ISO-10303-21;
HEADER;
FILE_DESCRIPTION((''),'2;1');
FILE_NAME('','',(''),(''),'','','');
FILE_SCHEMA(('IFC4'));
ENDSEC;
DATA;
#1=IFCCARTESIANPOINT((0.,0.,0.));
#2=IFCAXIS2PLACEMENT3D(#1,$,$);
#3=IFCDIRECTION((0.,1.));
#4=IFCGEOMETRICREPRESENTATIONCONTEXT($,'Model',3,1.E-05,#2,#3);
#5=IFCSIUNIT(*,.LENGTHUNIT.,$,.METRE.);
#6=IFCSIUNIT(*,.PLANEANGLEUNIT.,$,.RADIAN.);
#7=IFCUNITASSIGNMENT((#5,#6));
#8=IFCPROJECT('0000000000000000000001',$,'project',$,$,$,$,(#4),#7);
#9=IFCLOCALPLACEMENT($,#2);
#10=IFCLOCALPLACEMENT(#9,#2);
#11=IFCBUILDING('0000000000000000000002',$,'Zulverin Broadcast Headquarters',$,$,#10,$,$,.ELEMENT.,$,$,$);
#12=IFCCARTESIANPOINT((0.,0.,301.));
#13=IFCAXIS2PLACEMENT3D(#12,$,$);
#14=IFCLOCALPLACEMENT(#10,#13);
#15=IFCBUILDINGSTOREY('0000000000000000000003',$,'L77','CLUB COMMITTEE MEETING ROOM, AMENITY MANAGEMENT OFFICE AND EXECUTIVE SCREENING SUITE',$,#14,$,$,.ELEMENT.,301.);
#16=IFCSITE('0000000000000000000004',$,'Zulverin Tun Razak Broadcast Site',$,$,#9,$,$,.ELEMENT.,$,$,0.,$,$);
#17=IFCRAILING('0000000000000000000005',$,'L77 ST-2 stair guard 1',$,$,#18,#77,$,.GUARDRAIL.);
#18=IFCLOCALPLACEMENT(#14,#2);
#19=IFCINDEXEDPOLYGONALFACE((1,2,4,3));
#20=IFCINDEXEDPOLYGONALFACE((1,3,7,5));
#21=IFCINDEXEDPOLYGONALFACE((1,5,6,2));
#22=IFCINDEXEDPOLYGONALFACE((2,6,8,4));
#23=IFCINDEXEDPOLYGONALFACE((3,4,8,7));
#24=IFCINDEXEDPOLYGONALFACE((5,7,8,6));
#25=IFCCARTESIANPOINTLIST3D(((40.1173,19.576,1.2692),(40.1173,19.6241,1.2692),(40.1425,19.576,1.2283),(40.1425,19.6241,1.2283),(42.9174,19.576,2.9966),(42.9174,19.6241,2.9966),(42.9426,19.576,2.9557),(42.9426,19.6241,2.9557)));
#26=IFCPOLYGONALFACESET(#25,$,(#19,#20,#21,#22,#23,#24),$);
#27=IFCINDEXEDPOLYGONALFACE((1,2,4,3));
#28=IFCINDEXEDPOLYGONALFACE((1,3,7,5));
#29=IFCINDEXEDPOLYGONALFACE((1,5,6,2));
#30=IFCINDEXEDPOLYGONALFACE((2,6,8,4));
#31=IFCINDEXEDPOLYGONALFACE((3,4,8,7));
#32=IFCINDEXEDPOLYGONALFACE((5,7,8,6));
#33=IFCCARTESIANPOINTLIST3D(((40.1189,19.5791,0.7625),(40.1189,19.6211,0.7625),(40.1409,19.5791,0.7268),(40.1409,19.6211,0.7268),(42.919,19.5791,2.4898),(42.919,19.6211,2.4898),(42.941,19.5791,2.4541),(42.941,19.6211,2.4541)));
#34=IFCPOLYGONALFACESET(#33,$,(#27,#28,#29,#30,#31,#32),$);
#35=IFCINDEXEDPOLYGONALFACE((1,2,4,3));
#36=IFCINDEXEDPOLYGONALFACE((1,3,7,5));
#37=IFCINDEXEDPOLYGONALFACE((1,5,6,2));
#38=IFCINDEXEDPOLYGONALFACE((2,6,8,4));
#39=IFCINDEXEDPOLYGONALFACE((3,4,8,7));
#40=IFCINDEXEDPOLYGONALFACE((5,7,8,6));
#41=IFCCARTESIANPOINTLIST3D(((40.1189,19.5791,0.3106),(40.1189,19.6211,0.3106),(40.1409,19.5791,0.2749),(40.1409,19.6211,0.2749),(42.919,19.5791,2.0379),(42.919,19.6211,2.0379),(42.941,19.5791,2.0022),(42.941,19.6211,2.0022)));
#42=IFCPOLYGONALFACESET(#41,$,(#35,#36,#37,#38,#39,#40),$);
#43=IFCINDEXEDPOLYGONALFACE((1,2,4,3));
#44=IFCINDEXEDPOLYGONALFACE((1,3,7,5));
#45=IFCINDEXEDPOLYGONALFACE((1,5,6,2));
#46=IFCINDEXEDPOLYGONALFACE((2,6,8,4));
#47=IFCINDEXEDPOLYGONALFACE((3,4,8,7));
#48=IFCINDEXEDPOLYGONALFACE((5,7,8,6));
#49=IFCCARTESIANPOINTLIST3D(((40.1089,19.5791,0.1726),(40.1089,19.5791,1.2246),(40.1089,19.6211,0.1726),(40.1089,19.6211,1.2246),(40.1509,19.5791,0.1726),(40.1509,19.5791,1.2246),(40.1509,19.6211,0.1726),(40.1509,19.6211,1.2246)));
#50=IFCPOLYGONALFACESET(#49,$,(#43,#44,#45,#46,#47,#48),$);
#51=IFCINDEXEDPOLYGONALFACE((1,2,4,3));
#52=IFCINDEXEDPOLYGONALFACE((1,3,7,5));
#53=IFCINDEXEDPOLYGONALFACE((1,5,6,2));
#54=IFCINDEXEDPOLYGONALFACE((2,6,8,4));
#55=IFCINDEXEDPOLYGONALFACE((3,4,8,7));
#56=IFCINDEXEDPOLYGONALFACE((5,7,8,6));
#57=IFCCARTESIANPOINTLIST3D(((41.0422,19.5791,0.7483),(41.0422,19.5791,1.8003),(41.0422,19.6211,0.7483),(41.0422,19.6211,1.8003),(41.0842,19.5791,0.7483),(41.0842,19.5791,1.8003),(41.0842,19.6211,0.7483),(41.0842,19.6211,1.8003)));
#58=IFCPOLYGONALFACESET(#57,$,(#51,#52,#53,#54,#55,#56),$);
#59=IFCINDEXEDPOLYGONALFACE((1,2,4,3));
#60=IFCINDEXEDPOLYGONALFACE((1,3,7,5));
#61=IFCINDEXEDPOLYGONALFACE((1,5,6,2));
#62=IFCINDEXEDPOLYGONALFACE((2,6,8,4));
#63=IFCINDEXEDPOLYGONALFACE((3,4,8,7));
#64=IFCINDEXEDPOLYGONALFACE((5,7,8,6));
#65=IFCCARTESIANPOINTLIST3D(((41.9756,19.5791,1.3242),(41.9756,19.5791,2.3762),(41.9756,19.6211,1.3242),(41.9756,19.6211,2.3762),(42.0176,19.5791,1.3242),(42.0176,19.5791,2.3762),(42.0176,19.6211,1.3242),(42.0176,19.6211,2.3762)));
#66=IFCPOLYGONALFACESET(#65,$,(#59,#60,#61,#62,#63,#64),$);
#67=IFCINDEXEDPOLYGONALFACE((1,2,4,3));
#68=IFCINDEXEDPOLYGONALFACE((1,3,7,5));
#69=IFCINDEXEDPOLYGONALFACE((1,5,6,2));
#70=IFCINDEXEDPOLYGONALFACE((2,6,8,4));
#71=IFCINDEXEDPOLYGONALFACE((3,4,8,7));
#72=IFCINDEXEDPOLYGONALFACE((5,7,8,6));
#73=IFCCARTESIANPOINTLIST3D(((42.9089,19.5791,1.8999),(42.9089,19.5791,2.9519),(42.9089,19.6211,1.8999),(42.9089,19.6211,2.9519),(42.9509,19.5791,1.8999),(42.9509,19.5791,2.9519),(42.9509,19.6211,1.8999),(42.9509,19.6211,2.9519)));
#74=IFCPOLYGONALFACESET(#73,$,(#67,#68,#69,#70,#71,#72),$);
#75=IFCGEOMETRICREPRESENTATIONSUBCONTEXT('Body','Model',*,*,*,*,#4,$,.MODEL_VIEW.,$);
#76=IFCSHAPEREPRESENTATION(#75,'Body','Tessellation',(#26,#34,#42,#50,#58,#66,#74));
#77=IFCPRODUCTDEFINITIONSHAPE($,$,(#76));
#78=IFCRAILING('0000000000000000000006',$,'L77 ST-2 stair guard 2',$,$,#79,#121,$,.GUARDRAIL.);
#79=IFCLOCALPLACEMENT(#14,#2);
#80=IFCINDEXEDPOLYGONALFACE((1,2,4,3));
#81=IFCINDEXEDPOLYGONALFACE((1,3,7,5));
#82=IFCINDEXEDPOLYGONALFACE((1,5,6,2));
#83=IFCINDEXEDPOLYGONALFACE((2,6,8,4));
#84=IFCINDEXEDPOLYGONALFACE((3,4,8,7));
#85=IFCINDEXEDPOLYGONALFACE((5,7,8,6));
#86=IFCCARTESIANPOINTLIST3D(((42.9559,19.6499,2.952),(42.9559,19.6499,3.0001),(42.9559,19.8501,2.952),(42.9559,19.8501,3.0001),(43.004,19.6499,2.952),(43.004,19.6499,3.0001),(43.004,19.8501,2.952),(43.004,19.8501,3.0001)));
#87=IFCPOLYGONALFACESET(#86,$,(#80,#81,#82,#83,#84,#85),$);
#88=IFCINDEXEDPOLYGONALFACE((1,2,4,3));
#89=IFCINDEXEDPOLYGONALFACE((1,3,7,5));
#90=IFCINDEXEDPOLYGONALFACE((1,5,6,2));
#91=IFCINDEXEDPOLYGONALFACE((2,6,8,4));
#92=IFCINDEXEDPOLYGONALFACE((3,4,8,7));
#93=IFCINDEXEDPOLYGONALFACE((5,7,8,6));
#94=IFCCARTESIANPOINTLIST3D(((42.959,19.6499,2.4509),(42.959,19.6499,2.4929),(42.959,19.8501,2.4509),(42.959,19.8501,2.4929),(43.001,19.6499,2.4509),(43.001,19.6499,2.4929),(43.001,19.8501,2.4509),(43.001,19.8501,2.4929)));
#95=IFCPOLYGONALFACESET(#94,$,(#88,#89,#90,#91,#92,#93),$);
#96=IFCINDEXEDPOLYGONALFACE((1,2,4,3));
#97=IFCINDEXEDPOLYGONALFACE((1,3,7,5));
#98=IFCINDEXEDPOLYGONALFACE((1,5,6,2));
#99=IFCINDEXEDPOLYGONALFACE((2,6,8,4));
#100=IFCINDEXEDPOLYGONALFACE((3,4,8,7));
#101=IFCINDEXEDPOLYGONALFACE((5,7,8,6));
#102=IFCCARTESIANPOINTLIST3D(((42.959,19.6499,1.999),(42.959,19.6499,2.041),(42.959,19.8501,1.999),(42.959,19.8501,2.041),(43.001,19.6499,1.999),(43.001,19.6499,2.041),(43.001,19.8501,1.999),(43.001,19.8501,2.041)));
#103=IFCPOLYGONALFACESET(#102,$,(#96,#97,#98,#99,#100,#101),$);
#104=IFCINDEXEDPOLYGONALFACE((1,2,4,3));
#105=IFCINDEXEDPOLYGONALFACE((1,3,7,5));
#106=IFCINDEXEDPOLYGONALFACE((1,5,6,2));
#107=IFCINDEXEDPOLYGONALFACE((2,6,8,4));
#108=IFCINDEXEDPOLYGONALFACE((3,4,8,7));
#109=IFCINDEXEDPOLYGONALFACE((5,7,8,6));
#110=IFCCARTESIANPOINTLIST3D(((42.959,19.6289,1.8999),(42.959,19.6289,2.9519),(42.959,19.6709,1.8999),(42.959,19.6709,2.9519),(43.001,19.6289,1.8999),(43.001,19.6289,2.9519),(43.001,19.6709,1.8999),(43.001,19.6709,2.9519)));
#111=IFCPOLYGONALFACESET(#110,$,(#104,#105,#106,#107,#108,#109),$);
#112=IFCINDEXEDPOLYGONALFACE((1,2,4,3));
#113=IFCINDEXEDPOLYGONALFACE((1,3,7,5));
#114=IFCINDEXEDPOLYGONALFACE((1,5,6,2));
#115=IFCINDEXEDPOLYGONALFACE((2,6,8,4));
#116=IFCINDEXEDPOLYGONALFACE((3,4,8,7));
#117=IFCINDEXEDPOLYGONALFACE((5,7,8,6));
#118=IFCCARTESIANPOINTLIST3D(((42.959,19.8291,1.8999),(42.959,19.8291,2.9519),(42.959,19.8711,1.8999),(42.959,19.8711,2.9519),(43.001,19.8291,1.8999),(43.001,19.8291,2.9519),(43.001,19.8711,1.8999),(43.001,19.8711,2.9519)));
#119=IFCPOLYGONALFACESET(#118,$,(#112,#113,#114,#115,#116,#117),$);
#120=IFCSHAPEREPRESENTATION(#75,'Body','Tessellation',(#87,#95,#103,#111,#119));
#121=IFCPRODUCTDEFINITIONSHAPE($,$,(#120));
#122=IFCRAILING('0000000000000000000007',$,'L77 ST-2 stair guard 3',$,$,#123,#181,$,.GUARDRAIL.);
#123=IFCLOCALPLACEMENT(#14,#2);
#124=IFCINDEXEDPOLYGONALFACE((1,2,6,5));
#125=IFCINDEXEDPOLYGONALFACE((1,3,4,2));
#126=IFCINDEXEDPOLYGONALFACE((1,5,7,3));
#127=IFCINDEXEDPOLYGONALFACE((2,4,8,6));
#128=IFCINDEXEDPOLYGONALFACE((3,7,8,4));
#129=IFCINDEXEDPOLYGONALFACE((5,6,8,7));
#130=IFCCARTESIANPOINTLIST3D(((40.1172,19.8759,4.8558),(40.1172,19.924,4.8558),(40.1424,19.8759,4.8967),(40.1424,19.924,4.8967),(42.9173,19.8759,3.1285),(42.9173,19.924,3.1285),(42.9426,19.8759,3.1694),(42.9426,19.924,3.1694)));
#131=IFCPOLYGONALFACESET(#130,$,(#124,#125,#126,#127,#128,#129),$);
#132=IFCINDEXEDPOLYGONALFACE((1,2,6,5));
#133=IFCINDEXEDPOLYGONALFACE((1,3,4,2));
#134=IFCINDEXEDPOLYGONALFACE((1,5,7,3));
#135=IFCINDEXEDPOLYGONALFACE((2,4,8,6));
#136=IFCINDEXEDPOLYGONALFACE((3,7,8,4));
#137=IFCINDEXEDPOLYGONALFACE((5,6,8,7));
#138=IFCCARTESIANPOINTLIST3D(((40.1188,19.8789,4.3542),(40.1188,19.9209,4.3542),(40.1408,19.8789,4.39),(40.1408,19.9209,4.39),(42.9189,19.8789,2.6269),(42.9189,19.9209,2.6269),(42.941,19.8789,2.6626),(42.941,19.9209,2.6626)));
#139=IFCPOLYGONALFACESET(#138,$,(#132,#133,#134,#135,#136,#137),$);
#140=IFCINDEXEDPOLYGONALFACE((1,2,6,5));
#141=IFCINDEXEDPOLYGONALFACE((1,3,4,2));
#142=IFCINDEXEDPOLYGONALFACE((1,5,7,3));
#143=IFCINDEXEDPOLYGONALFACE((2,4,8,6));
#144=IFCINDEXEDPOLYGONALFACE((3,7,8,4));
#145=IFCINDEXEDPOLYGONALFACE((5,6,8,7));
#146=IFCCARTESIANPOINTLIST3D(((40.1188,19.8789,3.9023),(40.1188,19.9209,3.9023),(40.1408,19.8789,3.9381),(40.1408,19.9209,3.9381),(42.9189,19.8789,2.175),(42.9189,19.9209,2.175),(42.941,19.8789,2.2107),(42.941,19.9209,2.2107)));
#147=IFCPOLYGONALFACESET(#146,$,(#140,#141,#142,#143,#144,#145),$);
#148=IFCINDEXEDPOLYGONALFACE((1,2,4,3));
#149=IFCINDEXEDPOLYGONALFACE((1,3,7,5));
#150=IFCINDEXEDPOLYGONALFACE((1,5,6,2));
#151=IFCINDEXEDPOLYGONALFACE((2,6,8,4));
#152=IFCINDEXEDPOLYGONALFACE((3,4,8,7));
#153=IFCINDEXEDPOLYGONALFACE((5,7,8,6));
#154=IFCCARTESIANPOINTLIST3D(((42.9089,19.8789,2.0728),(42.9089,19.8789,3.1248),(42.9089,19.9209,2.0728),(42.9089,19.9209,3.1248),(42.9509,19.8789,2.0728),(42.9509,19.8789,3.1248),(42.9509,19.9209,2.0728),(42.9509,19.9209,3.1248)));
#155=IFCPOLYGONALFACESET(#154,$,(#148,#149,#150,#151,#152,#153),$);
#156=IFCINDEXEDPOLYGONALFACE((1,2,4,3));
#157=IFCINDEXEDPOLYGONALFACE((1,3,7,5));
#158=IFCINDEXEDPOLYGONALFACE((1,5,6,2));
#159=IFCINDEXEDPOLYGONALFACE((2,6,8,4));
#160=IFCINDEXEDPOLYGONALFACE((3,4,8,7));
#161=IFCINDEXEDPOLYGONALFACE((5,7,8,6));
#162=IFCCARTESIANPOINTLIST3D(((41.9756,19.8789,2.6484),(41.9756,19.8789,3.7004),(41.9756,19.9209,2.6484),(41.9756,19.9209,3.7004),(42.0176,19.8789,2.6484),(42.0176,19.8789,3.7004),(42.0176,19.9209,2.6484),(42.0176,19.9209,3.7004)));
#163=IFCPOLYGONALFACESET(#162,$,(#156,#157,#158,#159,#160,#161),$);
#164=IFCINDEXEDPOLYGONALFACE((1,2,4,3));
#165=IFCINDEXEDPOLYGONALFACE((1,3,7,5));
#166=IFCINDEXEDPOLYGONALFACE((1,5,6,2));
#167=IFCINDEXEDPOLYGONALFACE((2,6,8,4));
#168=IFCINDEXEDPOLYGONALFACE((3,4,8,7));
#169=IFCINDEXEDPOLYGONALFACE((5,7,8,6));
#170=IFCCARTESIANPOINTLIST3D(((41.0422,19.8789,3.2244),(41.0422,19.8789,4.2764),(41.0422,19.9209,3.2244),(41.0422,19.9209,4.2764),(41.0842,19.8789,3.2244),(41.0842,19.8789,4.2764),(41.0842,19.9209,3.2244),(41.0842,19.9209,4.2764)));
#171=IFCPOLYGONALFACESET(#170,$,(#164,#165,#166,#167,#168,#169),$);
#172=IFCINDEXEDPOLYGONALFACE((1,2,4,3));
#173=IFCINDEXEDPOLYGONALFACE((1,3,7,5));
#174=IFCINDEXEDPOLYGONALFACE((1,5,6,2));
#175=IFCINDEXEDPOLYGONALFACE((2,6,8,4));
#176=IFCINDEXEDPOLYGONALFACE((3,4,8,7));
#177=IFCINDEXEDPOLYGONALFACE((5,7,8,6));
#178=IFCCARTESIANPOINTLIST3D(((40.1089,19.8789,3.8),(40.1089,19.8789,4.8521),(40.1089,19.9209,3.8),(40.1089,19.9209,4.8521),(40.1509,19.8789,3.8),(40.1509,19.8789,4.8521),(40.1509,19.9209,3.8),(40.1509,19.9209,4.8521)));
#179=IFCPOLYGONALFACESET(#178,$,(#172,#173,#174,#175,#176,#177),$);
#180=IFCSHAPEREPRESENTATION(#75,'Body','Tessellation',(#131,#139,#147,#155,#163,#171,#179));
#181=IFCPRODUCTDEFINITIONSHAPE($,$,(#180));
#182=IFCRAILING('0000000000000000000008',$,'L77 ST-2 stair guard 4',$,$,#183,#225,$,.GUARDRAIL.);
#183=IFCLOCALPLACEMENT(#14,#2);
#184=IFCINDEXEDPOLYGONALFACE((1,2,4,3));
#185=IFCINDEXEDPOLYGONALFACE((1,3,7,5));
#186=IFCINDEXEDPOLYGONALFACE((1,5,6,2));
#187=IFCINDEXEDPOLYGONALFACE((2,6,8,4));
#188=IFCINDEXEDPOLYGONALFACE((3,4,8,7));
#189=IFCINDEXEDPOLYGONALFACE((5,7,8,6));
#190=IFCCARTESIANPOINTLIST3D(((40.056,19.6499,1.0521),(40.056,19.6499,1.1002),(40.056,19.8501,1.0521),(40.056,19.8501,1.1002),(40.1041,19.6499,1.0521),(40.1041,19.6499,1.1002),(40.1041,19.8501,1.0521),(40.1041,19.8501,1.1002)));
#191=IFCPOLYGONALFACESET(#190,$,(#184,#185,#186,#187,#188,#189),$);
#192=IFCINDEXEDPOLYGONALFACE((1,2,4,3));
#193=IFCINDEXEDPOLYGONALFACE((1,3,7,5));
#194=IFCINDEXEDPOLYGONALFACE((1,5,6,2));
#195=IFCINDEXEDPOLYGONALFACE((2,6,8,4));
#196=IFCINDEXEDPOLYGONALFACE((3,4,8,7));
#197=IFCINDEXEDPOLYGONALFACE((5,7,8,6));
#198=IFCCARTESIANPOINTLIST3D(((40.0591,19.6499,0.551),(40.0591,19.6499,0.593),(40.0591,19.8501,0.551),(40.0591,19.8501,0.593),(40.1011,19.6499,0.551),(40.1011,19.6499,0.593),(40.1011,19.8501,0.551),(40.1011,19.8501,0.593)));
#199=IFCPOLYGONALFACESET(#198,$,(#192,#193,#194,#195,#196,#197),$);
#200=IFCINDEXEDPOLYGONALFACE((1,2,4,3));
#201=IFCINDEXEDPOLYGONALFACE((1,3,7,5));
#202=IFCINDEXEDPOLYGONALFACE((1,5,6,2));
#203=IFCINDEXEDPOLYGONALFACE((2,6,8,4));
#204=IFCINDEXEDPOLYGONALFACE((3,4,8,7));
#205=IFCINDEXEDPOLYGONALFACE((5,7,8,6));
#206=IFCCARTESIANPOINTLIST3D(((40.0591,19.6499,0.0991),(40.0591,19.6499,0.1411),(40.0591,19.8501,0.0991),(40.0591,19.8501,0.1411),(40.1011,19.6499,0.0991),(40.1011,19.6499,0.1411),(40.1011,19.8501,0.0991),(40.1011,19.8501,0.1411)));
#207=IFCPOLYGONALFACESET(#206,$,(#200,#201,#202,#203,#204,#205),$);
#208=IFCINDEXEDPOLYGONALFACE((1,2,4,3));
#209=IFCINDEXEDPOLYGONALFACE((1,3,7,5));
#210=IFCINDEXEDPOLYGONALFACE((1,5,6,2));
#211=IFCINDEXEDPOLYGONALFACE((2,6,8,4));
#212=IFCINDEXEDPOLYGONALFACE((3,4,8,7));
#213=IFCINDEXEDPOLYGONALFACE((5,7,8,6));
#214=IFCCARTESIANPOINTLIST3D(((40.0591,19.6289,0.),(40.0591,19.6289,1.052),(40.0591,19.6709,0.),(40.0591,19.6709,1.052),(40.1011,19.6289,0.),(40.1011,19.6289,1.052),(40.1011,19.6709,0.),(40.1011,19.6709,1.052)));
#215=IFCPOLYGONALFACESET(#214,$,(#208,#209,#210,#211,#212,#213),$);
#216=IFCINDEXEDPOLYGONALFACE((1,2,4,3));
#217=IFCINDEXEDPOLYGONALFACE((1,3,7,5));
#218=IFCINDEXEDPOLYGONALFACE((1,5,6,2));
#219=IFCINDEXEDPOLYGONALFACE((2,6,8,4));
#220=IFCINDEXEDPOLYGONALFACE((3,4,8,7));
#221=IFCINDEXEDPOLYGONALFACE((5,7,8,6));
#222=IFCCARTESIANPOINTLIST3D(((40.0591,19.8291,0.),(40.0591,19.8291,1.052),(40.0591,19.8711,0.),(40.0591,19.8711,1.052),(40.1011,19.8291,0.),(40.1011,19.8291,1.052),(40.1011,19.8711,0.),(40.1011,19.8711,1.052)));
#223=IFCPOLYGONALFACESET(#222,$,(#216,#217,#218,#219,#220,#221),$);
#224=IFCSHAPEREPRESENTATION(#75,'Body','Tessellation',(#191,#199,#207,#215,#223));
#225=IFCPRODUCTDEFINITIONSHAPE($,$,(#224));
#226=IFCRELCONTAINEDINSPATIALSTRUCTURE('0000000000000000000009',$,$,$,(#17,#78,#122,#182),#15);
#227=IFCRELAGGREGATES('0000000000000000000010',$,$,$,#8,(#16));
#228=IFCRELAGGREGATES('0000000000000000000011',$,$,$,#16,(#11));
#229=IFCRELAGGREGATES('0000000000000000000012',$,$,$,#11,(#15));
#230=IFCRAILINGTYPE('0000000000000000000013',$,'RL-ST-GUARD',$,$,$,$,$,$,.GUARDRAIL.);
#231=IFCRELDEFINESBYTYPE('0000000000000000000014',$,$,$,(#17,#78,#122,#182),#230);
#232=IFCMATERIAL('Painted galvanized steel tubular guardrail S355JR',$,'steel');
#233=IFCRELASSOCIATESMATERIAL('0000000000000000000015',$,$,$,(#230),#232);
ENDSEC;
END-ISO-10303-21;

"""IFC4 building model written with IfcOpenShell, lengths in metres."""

from ifc_helpers import new_model, si_unit, direction, frame, origin, origin_2d, place, context, subcontext, project, spatial, rectangle, extrude, material, type_object, element, save


model = new_model("IFC4")

# Units and contexts
model_context = context("Model", 3, precision=1e-05, world=origin(), true_north=direction((0.0, 1.0)))
body_context = subcontext(model_context, "Body", "Model", "MODEL_VIEW")
ifc_project = project(units=[si_unit("LENGTHUNIT", "METRE"), si_unit("PLANEANGLEUNIT", "RADIAN")], contexts=[model_context])

# Site, building, storey
site_placement = place(None, origin())
site = spatial("IfcSite", under=ifc_project, at=site_placement, Name="Zulverin Tun Razak Broadcast Site", CompositionType="ELEMENT", RefElevation=0.0)
building_placement = place(site_placement, origin())
building = spatial("IfcBuilding", under=site, at=building_placement, Name="Zulverin Broadcast Headquarters", CompositionType="ELEMENT")
storey_placement = place(building_placement, frame((0.0, 0.0, 301.0)))
storey = spatial("IfcBuildingStorey", under=building, at=storey_placement, Name="L77", Description="CLUB COMMITTEE MEETING ROOM, AMENITY MANAGEMENT OFFICE AND EXECUTIVE SCREENING SUITE", CompositionType="ELEMENT", Elevation=301.0)

# Railings
ifc_material_1 = material(Name="Painted galvanized steel tubular guardrail S355JR", Category="steel")
railing_type_1 = type_object("IfcRailingType", Name="RL-ST-GUARD", PredefinedType="GUARDRAIL", material=ifc_material_1)
railing_1_placement = place(storey_placement, frame((40.1299, 19.6001, 0.1726)))
element("IfcRailing", 1, at=railing_1_placement, inside=storey, type_object=railing_type_1, Name="L77 ST-2 stair guard 1", PredefinedType="GUARDRAIL", context=body_context, shape_type="SweptSolid", body=[
    extrude(rectangle(XDim=0.0481, YDim=0.0481, at=origin_2d()), frame((0.0, 0.0, 1.0762), z_axis=(0.85109, 0.0, 0.52502), x_axis=(0.0, 1.0, 0.0)), (0.0, 0.0, 1.0), 3.29),
    extrude(rectangle(XDim=0.042, YDim=0.042, at=origin_2d()), frame((0.0, 0.0, 0.572), z_axis=(0.85109, 0.0, 0.52502), x_axis=(0.0, 1.0, 0.0)), (0.0, 0.0, 1.0), 3.29),
    extrude(rectangle(XDim=0.042, YDim=0.042, at=origin_2d()), frame((0.0, 0.0, 0.1201), z_axis=(0.85109, 0.0, 0.52502), x_axis=(0.0, 1.0, 0.0)), (0.0, 0.0, 1.0), 3.29),
    extrude(rectangle(XDim=0.042, YDim=0.042, at=origin_2d()), origin(), (0.0, 0.0, 1.0), 1.052),
    extrude(rectangle(XDim=0.042, YDim=0.042, at=origin_2d()), frame((0.9333, 0.0, 0.5757)), (0.0, 0.0, 1.0), 1.052),
    extrude(rectangle(XDim=0.042, YDim=0.042, at=origin_2d()), frame((1.8667, 0.0, 1.1516)), (0.0, 0.0, 1.0), 1.052),
    extrude(rectangle(XDim=0.042, YDim=0.042, at=origin_2d()), frame((2.8, 0.0, 1.7273)), (0.0, 0.0, 1.0), 1.052),
])
railing_2_placement = place(storey_placement, frame((42.98, 19.6499, 1.8999)))
element("IfcRailing", 2, at=railing_2_placement, inside=storey, type_object=railing_type_1, Name="L77 ST-2 stair guard 2", PredefinedType="GUARDRAIL", context=body_context, shape_type="SweptSolid", body=[
    extrude(rectangle(XDim=0.0481, YDim=0.0481, at=origin_2d()), frame((0.0, 0.0, 1.0762), z_axis=(0.0, 1.0, 0.0), x_axis=(-1.0, 0.0, 0.0)), (0.0, 0.0, 1.0), 0.2002),
    extrude(rectangle(XDim=0.042, YDim=0.042, at=origin_2d()), frame((0.0, 0.0, 0.572), z_axis=(0.0, 1.0, 0.0), x_axis=(-1.0, 0.0, 0.0)), (0.0, 0.0, 1.0), 0.2002),
    extrude(rectangle(XDim=0.042, YDim=0.042, at=origin_2d()), frame((0.0, 0.0, 0.1201), z_axis=(0.0, 1.0, 0.0), x_axis=(-1.0, 0.0, 0.0)), (0.0, 0.0, 1.0), 0.2002),
    extrude(rectangle(XDim=0.042, YDim=0.042, at=origin_2d()), origin(), (0.0, 0.0, 1.0), 1.052),
    extrude(rectangle(XDim=0.042, YDim=0.042, at=origin_2d()), frame((0.0, 0.2002, 0.0)), (0.0, 0.0, 1.0), 1.052),
])
railing_3_placement = place(storey_placement, frame((42.9299, 19.8999, 2.0728)))
element("IfcRailing", 3, at=railing_3_placement, inside=storey, type_object=railing_type_1, Name="L77 ST-2 stair guard 3", PredefinedType="GUARDRAIL", context=body_context, shape_type="SweptSolid", body=[
    extrude(rectangle(XDim=0.0481, YDim=0.0481, at=origin_2d()), frame((0.0, 0.0, 1.0762), z_axis=(-0.85109, 0.0, 0.52502), x_axis=(0.0, -1.0, 0.0)), (0.0, 0.0, 1.0), 3.29),
    extrude(rectangle(XDim=0.042, YDim=0.042, at=origin_2d()), frame((0.0, 0.0, 0.572), z_axis=(-0.85109, 0.0, 0.52502), x_axis=(0.0, -1.0, 0.0)), (0.0, 0.0, 1.0), 3.29),
    extrude(rectangle(XDim=0.042, YDim=0.042, at=origin_2d()), frame((0.0, 0.0, 0.1201), z_axis=(-0.85109, 0.0, 0.52502), x_axis=(0.0, -1.0, 0.0)), (0.0, 0.0, 1.0), 3.29),
    extrude(rectangle(XDim=0.042, YDim=0.042, at=origin_2d()), origin(), (0.0, 0.0, 1.0), 1.052),
    extrude(rectangle(XDim=0.042, YDim=0.042, at=origin_2d()), frame((-0.9333, 0.0, 0.5757)), (0.0, 0.0, 1.0), 1.052),
    extrude(rectangle(XDim=0.042, YDim=0.042, at=origin_2d()), frame((-1.8667, 0.0, 1.1516)), (0.0, 0.0, 1.0), 1.052),
    extrude(rectangle(XDim=0.042, YDim=0.042, at=origin_2d()), frame((-2.8, 0.0, 1.7273)), (0.0, 0.0, 1.0), 1.052),
])
railing_4_placement = place(storey_placement, frame((40.0801, 19.6499, 0.0)))
element("IfcRailing", 4, at=railing_4_placement, inside=storey, type_object=railing_type_1, Name="L77 ST-2 stair guard 4", PredefinedType="GUARDRAIL", context=body_context, shape_type="SweptSolid", body=[
    extrude(rectangle(XDim=0.0481, YDim=0.0481, at=origin_2d()), frame((0.0, 0.0, 1.0762), z_axis=(0.0, 1.0, 0.0), x_axis=(-1.0, 0.0, 0.0)), (0.0, 0.0, 1.0), 0.2002),
    extrude(rectangle(XDim=0.042, YDim=0.042, at=origin_2d()), frame((0.0, 0.0, 0.572), z_axis=(0.0, 1.0, 0.0), x_axis=(-1.0, 0.0, 0.0)), (0.0, 0.0, 1.0), 0.2002),
    extrude(rectangle(XDim=0.042, YDim=0.042, at=origin_2d()), frame((0.0, 0.0, 0.1201), z_axis=(0.0, 1.0, 0.0), x_axis=(-1.0, 0.0, 0.0)), (0.0, 0.0, 1.0), 0.2002),
    extrude(rectangle(XDim=0.042, YDim=0.042, at=origin_2d()), origin(), (0.0, 0.0, 1.0), 1.052),
    extrude(rectangle(XDim=0.042, YDim=0.042, at=origin_2d()), frame((0.0, 0.2002, 0.0)), (0.0, 0.0, 1.0), 1.052),
])

save(model, "model.ifc")
